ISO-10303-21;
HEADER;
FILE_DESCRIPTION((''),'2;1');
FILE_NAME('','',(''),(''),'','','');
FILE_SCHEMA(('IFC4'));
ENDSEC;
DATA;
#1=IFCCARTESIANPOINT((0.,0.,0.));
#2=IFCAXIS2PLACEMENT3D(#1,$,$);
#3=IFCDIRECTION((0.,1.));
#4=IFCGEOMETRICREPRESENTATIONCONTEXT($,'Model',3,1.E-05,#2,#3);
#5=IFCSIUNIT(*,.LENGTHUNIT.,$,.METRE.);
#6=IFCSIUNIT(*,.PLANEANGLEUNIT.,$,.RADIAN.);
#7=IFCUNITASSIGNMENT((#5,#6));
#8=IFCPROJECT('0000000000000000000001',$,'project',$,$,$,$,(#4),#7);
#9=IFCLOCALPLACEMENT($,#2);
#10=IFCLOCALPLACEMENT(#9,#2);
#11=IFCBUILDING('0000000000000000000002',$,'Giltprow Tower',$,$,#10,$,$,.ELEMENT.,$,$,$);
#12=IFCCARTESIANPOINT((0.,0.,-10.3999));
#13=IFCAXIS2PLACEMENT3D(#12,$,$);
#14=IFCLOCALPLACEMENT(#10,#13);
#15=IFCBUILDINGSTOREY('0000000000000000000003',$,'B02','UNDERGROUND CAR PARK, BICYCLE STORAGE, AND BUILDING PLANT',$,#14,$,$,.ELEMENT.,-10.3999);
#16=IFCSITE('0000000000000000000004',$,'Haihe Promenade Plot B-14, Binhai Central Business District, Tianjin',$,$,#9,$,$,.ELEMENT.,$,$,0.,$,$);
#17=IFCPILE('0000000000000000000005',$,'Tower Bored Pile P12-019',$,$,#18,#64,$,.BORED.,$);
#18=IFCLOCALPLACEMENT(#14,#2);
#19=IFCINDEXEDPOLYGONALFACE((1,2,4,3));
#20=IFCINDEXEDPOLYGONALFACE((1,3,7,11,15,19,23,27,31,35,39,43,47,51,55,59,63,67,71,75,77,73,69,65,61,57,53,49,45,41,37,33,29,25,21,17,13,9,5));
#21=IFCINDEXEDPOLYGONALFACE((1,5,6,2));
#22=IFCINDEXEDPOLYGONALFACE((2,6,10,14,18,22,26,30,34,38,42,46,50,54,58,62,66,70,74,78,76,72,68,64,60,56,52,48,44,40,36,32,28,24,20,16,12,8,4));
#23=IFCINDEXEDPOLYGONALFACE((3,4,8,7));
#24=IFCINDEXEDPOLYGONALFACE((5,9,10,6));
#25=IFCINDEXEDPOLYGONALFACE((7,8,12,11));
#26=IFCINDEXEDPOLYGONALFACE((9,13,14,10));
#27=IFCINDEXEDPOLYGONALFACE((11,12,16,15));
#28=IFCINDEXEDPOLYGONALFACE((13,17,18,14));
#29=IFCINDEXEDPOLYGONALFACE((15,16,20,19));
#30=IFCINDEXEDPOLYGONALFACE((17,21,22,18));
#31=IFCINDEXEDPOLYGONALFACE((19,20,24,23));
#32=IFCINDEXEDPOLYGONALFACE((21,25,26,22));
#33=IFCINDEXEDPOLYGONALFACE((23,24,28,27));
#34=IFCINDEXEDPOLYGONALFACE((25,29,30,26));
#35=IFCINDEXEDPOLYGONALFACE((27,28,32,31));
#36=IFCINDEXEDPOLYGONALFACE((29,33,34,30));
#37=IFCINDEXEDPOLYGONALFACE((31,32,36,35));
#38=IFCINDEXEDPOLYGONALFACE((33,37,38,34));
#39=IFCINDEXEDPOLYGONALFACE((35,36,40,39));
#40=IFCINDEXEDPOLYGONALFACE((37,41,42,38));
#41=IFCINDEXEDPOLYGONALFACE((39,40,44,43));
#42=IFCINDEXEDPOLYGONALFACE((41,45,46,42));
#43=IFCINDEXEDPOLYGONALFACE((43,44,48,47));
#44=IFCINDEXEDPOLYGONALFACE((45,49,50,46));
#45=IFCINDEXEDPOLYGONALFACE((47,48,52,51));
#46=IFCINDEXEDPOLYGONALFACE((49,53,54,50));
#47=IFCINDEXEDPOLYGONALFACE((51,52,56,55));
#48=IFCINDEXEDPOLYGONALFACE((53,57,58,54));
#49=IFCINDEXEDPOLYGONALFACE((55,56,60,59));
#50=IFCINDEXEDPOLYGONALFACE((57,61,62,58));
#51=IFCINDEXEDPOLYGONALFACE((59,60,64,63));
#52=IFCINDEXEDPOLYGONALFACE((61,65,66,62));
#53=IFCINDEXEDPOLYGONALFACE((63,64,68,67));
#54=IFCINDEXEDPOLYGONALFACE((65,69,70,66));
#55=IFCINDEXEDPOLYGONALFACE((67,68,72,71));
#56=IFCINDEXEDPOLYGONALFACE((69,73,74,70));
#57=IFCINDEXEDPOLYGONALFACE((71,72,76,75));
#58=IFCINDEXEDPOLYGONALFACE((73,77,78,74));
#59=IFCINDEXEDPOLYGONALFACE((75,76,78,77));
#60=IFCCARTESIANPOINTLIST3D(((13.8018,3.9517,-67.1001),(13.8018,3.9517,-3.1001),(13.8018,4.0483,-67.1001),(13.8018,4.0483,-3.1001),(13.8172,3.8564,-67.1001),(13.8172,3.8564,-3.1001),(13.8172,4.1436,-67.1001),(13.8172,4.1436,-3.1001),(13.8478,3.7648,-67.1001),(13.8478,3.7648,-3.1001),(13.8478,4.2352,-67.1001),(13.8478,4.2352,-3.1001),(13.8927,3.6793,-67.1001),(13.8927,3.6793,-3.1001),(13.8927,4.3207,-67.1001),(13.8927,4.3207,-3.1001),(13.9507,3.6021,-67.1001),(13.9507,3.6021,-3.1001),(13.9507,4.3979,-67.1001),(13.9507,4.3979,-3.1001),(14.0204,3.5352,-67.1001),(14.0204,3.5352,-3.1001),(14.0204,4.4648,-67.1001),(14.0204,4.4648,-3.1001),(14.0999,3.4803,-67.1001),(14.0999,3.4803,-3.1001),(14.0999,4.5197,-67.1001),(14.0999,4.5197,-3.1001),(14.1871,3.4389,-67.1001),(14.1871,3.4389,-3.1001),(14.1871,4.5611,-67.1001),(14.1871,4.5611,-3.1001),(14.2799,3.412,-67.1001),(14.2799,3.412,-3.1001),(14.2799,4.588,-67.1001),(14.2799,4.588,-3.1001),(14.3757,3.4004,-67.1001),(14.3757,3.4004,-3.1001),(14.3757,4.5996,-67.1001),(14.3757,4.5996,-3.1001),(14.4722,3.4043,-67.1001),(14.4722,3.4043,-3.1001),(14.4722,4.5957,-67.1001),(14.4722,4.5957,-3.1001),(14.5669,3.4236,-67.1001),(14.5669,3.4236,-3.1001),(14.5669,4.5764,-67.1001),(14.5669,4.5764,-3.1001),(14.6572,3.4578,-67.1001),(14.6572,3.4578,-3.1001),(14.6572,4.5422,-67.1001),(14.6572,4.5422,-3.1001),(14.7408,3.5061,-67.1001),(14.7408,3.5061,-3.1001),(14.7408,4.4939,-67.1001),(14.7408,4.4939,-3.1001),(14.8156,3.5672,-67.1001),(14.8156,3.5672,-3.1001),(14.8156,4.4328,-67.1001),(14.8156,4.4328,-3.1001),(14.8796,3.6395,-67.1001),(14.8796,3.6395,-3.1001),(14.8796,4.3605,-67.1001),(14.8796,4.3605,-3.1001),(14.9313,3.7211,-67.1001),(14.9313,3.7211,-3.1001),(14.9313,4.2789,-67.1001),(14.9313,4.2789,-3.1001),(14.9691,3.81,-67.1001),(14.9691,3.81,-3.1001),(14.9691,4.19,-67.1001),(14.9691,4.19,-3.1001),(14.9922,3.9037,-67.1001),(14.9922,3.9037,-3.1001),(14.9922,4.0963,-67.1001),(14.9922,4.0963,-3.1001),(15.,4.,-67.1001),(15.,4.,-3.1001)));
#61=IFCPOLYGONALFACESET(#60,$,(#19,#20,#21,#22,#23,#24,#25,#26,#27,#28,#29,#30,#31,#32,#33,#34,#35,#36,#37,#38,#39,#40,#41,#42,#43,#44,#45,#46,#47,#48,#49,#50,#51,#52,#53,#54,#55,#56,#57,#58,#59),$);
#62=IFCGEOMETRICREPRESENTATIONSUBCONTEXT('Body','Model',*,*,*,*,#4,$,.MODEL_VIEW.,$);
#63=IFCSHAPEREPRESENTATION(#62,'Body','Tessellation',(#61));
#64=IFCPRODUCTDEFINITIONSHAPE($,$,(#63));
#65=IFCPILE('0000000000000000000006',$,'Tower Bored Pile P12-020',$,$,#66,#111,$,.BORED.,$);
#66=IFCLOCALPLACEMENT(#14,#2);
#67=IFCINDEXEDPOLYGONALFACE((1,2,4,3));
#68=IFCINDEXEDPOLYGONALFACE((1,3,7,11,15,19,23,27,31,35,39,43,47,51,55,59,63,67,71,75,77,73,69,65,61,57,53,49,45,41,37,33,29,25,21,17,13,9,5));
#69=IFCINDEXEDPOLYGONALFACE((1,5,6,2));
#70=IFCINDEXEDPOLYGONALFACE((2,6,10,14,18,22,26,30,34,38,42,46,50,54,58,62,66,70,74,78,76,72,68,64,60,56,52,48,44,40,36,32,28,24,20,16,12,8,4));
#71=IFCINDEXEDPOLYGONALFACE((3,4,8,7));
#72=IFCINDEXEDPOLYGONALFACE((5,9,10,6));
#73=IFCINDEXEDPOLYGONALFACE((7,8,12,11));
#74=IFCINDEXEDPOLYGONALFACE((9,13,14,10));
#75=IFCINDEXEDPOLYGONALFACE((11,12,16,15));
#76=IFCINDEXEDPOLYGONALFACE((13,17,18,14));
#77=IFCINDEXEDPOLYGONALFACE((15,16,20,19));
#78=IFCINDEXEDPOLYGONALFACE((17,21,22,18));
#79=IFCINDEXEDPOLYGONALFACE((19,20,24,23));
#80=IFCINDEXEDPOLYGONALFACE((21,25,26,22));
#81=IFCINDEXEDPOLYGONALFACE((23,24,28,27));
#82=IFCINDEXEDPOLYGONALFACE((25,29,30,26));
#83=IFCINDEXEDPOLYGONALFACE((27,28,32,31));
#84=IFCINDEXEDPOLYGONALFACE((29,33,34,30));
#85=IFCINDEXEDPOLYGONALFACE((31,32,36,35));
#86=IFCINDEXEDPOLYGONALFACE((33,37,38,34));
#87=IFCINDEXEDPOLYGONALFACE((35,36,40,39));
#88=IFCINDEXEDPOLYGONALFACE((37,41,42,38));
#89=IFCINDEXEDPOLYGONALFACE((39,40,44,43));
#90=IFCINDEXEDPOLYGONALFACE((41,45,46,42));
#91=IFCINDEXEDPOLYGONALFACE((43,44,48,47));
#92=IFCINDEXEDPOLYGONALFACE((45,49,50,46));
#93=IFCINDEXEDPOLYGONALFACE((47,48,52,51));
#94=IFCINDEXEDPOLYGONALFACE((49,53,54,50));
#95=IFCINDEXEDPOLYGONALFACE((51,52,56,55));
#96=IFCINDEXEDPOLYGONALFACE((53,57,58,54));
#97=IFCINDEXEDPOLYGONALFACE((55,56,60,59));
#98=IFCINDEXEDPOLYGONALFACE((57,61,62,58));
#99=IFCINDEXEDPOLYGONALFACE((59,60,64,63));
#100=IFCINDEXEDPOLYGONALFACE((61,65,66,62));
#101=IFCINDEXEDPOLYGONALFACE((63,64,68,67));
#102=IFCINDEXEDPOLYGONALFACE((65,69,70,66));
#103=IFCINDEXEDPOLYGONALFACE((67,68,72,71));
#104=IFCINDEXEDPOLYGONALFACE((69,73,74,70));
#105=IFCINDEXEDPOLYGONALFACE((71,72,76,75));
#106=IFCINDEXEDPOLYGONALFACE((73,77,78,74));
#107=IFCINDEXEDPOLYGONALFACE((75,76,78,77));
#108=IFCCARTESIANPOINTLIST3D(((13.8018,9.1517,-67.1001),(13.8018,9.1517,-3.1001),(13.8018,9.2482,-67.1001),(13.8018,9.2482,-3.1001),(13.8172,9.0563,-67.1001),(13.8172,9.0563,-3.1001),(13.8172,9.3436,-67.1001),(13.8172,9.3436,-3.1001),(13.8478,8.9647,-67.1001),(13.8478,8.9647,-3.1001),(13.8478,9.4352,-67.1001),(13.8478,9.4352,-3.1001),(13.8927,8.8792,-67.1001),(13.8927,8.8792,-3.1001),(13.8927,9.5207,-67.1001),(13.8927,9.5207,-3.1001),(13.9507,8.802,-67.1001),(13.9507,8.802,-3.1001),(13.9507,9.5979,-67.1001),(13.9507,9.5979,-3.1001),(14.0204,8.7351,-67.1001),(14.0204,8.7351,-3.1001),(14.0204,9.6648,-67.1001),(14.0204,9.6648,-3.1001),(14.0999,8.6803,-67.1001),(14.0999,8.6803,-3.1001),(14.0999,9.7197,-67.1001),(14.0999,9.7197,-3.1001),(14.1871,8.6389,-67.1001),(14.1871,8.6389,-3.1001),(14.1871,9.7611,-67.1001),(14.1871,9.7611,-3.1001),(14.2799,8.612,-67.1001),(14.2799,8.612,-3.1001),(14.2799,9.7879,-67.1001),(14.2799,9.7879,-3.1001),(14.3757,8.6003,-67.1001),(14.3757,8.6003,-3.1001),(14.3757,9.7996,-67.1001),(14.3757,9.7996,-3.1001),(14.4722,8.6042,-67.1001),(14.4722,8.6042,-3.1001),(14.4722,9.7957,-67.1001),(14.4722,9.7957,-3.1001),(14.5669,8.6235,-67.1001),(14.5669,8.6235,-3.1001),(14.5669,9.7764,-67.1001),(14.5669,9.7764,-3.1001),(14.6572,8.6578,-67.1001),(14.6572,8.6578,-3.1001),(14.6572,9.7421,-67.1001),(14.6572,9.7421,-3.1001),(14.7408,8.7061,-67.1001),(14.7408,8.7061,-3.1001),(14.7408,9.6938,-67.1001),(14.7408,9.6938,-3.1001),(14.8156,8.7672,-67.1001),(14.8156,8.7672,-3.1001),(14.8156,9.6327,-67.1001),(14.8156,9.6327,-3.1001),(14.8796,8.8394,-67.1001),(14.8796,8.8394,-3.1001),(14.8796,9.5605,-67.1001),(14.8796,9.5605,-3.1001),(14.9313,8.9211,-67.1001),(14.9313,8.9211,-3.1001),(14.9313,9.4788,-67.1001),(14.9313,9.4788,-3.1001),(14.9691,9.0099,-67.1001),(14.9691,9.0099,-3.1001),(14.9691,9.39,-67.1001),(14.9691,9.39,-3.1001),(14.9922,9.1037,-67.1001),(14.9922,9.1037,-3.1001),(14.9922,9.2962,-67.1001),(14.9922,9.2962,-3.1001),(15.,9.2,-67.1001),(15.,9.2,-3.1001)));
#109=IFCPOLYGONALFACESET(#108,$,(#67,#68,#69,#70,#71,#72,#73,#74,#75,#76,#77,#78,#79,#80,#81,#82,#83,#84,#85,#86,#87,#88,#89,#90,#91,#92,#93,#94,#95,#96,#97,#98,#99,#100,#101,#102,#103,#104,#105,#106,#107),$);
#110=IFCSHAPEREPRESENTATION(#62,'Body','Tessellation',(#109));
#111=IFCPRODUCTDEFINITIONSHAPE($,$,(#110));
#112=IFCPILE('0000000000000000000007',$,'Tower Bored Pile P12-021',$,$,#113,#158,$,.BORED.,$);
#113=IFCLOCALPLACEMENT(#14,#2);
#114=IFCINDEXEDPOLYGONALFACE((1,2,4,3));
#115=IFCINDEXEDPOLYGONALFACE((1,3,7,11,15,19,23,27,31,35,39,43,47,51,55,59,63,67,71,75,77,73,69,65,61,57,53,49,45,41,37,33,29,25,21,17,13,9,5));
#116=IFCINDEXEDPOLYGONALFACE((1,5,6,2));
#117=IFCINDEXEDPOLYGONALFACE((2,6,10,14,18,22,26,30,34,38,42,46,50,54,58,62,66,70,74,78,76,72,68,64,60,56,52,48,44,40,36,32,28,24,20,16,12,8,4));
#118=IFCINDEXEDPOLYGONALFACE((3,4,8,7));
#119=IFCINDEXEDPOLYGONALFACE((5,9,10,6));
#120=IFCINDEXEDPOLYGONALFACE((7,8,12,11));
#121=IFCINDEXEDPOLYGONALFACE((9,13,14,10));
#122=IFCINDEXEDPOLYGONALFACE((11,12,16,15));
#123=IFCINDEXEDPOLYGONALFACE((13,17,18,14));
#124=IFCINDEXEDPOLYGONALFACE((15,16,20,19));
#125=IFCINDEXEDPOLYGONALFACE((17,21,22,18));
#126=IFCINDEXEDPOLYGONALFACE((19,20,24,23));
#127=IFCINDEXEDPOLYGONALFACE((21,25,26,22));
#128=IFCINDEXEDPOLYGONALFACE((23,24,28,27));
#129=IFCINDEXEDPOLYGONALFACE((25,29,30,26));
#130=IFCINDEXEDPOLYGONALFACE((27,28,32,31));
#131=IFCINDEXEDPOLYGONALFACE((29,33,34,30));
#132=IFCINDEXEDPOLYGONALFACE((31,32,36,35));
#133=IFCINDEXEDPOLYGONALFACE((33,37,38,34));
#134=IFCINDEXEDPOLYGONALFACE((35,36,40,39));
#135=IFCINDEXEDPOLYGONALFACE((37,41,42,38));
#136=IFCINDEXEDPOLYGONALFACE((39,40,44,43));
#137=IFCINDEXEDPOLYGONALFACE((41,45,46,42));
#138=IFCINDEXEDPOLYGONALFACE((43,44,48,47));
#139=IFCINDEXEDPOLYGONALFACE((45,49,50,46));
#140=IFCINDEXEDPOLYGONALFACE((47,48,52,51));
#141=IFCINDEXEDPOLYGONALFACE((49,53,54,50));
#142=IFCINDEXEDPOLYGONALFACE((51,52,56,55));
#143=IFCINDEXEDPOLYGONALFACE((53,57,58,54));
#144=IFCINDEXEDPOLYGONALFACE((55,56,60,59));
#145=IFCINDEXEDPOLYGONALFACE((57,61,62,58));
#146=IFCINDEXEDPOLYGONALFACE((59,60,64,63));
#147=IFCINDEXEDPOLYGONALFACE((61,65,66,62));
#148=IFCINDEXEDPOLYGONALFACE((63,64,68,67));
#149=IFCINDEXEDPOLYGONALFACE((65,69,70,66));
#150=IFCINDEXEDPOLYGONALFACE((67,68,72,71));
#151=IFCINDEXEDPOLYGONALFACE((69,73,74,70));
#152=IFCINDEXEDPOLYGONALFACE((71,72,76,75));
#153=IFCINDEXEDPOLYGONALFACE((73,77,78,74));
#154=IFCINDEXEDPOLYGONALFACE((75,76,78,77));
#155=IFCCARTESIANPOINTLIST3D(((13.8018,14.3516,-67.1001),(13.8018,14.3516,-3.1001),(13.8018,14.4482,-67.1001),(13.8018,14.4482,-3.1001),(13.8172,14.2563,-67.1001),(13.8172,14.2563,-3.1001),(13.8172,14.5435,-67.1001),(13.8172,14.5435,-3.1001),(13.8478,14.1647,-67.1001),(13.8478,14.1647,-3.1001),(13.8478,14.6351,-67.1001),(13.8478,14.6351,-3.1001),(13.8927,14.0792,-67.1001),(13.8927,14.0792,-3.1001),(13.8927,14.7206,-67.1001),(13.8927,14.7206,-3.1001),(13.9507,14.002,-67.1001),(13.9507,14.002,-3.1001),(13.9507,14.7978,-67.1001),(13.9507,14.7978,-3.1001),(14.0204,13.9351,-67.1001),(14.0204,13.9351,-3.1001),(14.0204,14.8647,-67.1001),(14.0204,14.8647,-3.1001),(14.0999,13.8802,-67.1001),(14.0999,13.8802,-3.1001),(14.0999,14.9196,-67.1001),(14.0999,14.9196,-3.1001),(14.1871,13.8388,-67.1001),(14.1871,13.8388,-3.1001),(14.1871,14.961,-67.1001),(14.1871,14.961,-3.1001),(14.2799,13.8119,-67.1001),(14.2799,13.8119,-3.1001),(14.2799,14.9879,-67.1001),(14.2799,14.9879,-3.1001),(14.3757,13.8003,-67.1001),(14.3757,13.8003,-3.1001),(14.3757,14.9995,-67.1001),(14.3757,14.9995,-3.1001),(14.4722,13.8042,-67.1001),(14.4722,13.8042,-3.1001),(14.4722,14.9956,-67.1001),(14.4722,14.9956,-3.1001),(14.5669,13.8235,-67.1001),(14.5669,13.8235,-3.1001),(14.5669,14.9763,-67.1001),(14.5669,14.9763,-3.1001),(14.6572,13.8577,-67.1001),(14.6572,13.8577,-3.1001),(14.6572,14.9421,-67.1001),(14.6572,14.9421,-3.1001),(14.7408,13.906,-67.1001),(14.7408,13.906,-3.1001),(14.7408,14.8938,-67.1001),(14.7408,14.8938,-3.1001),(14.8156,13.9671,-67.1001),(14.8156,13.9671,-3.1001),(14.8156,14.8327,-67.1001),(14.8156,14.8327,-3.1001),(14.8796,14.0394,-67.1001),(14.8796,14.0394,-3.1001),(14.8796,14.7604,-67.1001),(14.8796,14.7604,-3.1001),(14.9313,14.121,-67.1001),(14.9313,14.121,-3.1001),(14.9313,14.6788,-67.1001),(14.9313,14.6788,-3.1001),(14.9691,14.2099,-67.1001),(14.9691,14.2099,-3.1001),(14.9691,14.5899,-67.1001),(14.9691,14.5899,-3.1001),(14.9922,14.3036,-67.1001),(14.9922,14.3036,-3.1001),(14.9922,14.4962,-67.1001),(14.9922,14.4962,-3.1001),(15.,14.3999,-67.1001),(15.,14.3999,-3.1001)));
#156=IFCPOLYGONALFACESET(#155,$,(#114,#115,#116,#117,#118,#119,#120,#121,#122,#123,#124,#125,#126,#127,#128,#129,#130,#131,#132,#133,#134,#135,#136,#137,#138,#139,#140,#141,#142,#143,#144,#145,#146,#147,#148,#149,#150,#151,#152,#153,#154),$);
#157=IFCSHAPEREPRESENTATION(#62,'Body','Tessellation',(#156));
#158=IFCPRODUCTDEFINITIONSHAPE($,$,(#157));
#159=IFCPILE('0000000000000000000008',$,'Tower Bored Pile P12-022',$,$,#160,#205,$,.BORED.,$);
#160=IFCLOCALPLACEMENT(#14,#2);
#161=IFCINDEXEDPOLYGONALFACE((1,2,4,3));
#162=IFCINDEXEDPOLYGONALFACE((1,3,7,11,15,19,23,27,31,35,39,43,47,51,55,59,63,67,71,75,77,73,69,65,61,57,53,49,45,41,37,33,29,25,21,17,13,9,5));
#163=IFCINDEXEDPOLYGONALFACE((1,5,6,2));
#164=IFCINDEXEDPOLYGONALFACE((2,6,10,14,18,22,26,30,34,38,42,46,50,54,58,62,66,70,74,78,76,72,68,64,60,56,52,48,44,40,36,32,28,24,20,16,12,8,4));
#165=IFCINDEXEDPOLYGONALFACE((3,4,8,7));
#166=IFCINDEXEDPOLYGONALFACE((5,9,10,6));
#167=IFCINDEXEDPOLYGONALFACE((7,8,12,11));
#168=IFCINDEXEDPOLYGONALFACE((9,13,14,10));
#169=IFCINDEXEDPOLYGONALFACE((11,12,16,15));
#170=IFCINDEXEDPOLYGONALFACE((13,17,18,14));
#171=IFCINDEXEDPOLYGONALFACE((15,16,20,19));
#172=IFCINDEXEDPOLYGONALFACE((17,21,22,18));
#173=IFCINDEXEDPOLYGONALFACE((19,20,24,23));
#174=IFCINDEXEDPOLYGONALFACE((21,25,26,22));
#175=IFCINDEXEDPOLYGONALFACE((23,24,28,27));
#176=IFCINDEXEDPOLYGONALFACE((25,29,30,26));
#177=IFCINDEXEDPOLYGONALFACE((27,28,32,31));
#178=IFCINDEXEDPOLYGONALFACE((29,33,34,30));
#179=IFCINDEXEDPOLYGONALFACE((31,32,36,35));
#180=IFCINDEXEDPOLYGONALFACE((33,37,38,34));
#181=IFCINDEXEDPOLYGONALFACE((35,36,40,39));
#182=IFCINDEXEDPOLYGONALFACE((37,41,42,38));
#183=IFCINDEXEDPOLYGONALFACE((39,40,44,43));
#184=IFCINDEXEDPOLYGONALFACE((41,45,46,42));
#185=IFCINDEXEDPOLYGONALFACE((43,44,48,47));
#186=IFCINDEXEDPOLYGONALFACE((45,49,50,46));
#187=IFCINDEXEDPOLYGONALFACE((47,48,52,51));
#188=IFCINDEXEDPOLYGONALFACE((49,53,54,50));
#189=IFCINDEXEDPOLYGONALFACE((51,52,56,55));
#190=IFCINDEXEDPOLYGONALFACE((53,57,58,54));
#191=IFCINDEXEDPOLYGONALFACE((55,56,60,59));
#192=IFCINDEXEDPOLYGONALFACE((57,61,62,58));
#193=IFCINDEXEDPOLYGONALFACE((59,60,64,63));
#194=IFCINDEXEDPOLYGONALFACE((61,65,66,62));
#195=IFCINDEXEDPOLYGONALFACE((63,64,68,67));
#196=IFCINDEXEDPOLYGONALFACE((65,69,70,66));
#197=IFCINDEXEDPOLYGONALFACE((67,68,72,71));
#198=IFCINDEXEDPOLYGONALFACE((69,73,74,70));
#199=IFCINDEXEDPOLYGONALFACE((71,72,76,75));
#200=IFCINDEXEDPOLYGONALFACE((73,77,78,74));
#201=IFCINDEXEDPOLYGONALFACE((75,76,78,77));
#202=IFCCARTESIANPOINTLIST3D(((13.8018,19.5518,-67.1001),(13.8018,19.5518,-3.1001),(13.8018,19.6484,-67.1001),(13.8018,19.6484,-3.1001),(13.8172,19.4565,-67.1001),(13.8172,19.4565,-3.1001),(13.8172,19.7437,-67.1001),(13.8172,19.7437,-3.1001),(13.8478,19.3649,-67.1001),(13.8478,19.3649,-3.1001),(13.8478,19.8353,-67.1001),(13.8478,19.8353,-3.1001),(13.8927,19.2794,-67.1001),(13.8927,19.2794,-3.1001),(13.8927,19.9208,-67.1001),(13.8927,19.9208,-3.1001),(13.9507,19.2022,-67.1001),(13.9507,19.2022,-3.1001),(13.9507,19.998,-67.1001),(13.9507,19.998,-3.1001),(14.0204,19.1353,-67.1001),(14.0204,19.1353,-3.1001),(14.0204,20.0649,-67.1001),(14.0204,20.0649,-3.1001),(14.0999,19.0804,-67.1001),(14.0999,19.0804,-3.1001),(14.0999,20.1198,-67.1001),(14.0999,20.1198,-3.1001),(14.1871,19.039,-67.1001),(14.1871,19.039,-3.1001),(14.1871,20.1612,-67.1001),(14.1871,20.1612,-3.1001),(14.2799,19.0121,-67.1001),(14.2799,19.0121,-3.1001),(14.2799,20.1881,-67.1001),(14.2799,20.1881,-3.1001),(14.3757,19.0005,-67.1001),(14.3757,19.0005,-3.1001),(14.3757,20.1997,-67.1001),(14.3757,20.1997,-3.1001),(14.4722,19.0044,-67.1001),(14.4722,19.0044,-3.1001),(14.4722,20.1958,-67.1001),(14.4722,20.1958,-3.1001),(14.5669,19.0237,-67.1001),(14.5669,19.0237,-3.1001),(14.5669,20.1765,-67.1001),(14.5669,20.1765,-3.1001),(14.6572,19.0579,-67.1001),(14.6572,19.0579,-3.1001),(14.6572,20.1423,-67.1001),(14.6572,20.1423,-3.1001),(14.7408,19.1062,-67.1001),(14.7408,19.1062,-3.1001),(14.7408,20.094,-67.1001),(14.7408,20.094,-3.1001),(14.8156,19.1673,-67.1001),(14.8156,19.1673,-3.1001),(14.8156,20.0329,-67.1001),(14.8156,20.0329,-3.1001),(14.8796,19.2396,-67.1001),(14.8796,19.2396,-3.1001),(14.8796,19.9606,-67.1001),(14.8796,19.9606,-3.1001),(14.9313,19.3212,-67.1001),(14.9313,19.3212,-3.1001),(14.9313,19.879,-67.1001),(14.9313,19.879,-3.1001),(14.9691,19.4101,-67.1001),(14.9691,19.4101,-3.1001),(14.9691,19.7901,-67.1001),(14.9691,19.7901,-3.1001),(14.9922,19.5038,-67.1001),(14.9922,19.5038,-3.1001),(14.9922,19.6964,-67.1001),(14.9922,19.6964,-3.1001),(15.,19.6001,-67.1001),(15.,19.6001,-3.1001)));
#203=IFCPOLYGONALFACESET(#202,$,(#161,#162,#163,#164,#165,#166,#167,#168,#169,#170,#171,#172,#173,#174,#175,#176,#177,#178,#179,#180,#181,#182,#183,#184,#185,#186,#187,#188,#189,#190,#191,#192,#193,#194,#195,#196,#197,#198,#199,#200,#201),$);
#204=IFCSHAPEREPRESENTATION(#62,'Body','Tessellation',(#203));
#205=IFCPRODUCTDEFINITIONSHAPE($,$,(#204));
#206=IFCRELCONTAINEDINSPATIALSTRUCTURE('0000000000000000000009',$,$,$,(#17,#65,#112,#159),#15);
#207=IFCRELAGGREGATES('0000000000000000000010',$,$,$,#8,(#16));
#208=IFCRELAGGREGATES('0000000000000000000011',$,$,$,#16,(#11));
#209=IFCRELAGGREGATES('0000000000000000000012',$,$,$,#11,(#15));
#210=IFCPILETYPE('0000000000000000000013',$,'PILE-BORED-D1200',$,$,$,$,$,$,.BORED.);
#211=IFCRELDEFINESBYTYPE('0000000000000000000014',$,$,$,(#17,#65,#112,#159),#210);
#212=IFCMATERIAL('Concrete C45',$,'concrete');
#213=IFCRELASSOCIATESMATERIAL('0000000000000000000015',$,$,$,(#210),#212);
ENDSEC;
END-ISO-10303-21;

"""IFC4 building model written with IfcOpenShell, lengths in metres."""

from ifc_helpers import new_model, si_unit, direction, frame, origin, origin_2d, place, context, subcontext, project, spatial, circle, extrude, source, transform, mapped, material, material_profile, profile_set, type_object, element, save


model = new_model("IFC4")

# Units and contexts
model_context = context("Model", 3, precision=1e-05, world=origin(), true_north=direction((0.0, 1.0)))
body_context = subcontext(model_context, "Body", "Model", "MODEL_VIEW")
ifc_project = project(units=[si_unit("LENGTHUNIT", "METRE"), si_unit("PLANEANGLEUNIT", "RADIAN")], contexts=[model_context])

# Site, building, storey
site_placement = place(None, origin())
site = spatial("IfcSite", under=ifc_project, at=site_placement, Name="Haihe Promenade Plot B-14, Binhai Central Business District, Tianjin", CompositionType="ELEMENT", RefElevation=0.0)
building_placement = place(site_placement, origin())
building = spatial("IfcBuilding", under=site, at=building_placement, Name="Giltprow Tower", CompositionType="ELEMENT")
storey_placement = place(building_placement, frame((0.0, 0.0, -10.3999)))
storey = spatial("IfcBuildingStorey", under=building, at=storey_placement, Name="B02", Description="UNDERGROUND CAR PARK, BICYCLE STORAGE, AND BUILDING PLANT", CompositionType="ELEMENT", Elevation=-10.3999)

# Piles
ifc_material_1 = material(Name="Concrete C45", Category="concrete")
ifc_material_profile_1 = material_profile(ifc_material_1, circle(Radius=0.6001, at=origin_2d()), Name="PILE D1200")
ifc_profile_set_1 = profile_set([ifc_material_profile_1], Name="Concrete C45")
pile_type = type_object("IfcPileType", Name="PILE-BORED-D1200", PredefinedType="BORED", material=ifc_profile_set_1)
shared_shape_1 = source(origin(), body_context, "Body", "SweptSolid", [
    extrude(circle(Radius=0.6001, at=origin_2d()), origin(), (0.0, 0.0, 1.0), 64.0),
])
for number, where, z_axis, x_axis, name in (
    (1, (14.3999, 4.0, -3.1001), (0.0, 0.0, -1.0), (1.0, 0.0, 0.0), "Tower Bored Pile P12-019"),
    (2, (14.3999, 9.2, -3.1001), (0.0, 0.0, -1.0), (1.0, 0.0, 0.0), "Tower Bored Pile P12-020"),
    (3, (14.3999, 14.3999, -3.1001), (0.0, 0.0, -1.0), (1.0, 0.0, 0.0), "Tower Bored Pile P12-021"),
    (4, (14.3999, 19.6001, -3.1001), (0.0, 0.0, -1.0), (1.0, 0.0, 0.0), "Tower Bored Pile P12-022"),
):
    element("IfcPile", number, at=place(storey_placement, frame(where, z_axis=z_axis, x_axis=x_axis)), inside=storey, type_object=pile_type, Name=name, PredefinedType="BORED", context=body_context, shape_type="MappedRepresentation", body=[
        mapped(shared_shape_1, transform((0.0, 0.0, 0.0), x_axis=(1.0, 0.0, 0.0), y_axis=(0.0, 1.0, 0.0), z_axis=(0.0, 0.0, 1.0), scale=1.0)),
    ])

save(model, "model.ifc")
